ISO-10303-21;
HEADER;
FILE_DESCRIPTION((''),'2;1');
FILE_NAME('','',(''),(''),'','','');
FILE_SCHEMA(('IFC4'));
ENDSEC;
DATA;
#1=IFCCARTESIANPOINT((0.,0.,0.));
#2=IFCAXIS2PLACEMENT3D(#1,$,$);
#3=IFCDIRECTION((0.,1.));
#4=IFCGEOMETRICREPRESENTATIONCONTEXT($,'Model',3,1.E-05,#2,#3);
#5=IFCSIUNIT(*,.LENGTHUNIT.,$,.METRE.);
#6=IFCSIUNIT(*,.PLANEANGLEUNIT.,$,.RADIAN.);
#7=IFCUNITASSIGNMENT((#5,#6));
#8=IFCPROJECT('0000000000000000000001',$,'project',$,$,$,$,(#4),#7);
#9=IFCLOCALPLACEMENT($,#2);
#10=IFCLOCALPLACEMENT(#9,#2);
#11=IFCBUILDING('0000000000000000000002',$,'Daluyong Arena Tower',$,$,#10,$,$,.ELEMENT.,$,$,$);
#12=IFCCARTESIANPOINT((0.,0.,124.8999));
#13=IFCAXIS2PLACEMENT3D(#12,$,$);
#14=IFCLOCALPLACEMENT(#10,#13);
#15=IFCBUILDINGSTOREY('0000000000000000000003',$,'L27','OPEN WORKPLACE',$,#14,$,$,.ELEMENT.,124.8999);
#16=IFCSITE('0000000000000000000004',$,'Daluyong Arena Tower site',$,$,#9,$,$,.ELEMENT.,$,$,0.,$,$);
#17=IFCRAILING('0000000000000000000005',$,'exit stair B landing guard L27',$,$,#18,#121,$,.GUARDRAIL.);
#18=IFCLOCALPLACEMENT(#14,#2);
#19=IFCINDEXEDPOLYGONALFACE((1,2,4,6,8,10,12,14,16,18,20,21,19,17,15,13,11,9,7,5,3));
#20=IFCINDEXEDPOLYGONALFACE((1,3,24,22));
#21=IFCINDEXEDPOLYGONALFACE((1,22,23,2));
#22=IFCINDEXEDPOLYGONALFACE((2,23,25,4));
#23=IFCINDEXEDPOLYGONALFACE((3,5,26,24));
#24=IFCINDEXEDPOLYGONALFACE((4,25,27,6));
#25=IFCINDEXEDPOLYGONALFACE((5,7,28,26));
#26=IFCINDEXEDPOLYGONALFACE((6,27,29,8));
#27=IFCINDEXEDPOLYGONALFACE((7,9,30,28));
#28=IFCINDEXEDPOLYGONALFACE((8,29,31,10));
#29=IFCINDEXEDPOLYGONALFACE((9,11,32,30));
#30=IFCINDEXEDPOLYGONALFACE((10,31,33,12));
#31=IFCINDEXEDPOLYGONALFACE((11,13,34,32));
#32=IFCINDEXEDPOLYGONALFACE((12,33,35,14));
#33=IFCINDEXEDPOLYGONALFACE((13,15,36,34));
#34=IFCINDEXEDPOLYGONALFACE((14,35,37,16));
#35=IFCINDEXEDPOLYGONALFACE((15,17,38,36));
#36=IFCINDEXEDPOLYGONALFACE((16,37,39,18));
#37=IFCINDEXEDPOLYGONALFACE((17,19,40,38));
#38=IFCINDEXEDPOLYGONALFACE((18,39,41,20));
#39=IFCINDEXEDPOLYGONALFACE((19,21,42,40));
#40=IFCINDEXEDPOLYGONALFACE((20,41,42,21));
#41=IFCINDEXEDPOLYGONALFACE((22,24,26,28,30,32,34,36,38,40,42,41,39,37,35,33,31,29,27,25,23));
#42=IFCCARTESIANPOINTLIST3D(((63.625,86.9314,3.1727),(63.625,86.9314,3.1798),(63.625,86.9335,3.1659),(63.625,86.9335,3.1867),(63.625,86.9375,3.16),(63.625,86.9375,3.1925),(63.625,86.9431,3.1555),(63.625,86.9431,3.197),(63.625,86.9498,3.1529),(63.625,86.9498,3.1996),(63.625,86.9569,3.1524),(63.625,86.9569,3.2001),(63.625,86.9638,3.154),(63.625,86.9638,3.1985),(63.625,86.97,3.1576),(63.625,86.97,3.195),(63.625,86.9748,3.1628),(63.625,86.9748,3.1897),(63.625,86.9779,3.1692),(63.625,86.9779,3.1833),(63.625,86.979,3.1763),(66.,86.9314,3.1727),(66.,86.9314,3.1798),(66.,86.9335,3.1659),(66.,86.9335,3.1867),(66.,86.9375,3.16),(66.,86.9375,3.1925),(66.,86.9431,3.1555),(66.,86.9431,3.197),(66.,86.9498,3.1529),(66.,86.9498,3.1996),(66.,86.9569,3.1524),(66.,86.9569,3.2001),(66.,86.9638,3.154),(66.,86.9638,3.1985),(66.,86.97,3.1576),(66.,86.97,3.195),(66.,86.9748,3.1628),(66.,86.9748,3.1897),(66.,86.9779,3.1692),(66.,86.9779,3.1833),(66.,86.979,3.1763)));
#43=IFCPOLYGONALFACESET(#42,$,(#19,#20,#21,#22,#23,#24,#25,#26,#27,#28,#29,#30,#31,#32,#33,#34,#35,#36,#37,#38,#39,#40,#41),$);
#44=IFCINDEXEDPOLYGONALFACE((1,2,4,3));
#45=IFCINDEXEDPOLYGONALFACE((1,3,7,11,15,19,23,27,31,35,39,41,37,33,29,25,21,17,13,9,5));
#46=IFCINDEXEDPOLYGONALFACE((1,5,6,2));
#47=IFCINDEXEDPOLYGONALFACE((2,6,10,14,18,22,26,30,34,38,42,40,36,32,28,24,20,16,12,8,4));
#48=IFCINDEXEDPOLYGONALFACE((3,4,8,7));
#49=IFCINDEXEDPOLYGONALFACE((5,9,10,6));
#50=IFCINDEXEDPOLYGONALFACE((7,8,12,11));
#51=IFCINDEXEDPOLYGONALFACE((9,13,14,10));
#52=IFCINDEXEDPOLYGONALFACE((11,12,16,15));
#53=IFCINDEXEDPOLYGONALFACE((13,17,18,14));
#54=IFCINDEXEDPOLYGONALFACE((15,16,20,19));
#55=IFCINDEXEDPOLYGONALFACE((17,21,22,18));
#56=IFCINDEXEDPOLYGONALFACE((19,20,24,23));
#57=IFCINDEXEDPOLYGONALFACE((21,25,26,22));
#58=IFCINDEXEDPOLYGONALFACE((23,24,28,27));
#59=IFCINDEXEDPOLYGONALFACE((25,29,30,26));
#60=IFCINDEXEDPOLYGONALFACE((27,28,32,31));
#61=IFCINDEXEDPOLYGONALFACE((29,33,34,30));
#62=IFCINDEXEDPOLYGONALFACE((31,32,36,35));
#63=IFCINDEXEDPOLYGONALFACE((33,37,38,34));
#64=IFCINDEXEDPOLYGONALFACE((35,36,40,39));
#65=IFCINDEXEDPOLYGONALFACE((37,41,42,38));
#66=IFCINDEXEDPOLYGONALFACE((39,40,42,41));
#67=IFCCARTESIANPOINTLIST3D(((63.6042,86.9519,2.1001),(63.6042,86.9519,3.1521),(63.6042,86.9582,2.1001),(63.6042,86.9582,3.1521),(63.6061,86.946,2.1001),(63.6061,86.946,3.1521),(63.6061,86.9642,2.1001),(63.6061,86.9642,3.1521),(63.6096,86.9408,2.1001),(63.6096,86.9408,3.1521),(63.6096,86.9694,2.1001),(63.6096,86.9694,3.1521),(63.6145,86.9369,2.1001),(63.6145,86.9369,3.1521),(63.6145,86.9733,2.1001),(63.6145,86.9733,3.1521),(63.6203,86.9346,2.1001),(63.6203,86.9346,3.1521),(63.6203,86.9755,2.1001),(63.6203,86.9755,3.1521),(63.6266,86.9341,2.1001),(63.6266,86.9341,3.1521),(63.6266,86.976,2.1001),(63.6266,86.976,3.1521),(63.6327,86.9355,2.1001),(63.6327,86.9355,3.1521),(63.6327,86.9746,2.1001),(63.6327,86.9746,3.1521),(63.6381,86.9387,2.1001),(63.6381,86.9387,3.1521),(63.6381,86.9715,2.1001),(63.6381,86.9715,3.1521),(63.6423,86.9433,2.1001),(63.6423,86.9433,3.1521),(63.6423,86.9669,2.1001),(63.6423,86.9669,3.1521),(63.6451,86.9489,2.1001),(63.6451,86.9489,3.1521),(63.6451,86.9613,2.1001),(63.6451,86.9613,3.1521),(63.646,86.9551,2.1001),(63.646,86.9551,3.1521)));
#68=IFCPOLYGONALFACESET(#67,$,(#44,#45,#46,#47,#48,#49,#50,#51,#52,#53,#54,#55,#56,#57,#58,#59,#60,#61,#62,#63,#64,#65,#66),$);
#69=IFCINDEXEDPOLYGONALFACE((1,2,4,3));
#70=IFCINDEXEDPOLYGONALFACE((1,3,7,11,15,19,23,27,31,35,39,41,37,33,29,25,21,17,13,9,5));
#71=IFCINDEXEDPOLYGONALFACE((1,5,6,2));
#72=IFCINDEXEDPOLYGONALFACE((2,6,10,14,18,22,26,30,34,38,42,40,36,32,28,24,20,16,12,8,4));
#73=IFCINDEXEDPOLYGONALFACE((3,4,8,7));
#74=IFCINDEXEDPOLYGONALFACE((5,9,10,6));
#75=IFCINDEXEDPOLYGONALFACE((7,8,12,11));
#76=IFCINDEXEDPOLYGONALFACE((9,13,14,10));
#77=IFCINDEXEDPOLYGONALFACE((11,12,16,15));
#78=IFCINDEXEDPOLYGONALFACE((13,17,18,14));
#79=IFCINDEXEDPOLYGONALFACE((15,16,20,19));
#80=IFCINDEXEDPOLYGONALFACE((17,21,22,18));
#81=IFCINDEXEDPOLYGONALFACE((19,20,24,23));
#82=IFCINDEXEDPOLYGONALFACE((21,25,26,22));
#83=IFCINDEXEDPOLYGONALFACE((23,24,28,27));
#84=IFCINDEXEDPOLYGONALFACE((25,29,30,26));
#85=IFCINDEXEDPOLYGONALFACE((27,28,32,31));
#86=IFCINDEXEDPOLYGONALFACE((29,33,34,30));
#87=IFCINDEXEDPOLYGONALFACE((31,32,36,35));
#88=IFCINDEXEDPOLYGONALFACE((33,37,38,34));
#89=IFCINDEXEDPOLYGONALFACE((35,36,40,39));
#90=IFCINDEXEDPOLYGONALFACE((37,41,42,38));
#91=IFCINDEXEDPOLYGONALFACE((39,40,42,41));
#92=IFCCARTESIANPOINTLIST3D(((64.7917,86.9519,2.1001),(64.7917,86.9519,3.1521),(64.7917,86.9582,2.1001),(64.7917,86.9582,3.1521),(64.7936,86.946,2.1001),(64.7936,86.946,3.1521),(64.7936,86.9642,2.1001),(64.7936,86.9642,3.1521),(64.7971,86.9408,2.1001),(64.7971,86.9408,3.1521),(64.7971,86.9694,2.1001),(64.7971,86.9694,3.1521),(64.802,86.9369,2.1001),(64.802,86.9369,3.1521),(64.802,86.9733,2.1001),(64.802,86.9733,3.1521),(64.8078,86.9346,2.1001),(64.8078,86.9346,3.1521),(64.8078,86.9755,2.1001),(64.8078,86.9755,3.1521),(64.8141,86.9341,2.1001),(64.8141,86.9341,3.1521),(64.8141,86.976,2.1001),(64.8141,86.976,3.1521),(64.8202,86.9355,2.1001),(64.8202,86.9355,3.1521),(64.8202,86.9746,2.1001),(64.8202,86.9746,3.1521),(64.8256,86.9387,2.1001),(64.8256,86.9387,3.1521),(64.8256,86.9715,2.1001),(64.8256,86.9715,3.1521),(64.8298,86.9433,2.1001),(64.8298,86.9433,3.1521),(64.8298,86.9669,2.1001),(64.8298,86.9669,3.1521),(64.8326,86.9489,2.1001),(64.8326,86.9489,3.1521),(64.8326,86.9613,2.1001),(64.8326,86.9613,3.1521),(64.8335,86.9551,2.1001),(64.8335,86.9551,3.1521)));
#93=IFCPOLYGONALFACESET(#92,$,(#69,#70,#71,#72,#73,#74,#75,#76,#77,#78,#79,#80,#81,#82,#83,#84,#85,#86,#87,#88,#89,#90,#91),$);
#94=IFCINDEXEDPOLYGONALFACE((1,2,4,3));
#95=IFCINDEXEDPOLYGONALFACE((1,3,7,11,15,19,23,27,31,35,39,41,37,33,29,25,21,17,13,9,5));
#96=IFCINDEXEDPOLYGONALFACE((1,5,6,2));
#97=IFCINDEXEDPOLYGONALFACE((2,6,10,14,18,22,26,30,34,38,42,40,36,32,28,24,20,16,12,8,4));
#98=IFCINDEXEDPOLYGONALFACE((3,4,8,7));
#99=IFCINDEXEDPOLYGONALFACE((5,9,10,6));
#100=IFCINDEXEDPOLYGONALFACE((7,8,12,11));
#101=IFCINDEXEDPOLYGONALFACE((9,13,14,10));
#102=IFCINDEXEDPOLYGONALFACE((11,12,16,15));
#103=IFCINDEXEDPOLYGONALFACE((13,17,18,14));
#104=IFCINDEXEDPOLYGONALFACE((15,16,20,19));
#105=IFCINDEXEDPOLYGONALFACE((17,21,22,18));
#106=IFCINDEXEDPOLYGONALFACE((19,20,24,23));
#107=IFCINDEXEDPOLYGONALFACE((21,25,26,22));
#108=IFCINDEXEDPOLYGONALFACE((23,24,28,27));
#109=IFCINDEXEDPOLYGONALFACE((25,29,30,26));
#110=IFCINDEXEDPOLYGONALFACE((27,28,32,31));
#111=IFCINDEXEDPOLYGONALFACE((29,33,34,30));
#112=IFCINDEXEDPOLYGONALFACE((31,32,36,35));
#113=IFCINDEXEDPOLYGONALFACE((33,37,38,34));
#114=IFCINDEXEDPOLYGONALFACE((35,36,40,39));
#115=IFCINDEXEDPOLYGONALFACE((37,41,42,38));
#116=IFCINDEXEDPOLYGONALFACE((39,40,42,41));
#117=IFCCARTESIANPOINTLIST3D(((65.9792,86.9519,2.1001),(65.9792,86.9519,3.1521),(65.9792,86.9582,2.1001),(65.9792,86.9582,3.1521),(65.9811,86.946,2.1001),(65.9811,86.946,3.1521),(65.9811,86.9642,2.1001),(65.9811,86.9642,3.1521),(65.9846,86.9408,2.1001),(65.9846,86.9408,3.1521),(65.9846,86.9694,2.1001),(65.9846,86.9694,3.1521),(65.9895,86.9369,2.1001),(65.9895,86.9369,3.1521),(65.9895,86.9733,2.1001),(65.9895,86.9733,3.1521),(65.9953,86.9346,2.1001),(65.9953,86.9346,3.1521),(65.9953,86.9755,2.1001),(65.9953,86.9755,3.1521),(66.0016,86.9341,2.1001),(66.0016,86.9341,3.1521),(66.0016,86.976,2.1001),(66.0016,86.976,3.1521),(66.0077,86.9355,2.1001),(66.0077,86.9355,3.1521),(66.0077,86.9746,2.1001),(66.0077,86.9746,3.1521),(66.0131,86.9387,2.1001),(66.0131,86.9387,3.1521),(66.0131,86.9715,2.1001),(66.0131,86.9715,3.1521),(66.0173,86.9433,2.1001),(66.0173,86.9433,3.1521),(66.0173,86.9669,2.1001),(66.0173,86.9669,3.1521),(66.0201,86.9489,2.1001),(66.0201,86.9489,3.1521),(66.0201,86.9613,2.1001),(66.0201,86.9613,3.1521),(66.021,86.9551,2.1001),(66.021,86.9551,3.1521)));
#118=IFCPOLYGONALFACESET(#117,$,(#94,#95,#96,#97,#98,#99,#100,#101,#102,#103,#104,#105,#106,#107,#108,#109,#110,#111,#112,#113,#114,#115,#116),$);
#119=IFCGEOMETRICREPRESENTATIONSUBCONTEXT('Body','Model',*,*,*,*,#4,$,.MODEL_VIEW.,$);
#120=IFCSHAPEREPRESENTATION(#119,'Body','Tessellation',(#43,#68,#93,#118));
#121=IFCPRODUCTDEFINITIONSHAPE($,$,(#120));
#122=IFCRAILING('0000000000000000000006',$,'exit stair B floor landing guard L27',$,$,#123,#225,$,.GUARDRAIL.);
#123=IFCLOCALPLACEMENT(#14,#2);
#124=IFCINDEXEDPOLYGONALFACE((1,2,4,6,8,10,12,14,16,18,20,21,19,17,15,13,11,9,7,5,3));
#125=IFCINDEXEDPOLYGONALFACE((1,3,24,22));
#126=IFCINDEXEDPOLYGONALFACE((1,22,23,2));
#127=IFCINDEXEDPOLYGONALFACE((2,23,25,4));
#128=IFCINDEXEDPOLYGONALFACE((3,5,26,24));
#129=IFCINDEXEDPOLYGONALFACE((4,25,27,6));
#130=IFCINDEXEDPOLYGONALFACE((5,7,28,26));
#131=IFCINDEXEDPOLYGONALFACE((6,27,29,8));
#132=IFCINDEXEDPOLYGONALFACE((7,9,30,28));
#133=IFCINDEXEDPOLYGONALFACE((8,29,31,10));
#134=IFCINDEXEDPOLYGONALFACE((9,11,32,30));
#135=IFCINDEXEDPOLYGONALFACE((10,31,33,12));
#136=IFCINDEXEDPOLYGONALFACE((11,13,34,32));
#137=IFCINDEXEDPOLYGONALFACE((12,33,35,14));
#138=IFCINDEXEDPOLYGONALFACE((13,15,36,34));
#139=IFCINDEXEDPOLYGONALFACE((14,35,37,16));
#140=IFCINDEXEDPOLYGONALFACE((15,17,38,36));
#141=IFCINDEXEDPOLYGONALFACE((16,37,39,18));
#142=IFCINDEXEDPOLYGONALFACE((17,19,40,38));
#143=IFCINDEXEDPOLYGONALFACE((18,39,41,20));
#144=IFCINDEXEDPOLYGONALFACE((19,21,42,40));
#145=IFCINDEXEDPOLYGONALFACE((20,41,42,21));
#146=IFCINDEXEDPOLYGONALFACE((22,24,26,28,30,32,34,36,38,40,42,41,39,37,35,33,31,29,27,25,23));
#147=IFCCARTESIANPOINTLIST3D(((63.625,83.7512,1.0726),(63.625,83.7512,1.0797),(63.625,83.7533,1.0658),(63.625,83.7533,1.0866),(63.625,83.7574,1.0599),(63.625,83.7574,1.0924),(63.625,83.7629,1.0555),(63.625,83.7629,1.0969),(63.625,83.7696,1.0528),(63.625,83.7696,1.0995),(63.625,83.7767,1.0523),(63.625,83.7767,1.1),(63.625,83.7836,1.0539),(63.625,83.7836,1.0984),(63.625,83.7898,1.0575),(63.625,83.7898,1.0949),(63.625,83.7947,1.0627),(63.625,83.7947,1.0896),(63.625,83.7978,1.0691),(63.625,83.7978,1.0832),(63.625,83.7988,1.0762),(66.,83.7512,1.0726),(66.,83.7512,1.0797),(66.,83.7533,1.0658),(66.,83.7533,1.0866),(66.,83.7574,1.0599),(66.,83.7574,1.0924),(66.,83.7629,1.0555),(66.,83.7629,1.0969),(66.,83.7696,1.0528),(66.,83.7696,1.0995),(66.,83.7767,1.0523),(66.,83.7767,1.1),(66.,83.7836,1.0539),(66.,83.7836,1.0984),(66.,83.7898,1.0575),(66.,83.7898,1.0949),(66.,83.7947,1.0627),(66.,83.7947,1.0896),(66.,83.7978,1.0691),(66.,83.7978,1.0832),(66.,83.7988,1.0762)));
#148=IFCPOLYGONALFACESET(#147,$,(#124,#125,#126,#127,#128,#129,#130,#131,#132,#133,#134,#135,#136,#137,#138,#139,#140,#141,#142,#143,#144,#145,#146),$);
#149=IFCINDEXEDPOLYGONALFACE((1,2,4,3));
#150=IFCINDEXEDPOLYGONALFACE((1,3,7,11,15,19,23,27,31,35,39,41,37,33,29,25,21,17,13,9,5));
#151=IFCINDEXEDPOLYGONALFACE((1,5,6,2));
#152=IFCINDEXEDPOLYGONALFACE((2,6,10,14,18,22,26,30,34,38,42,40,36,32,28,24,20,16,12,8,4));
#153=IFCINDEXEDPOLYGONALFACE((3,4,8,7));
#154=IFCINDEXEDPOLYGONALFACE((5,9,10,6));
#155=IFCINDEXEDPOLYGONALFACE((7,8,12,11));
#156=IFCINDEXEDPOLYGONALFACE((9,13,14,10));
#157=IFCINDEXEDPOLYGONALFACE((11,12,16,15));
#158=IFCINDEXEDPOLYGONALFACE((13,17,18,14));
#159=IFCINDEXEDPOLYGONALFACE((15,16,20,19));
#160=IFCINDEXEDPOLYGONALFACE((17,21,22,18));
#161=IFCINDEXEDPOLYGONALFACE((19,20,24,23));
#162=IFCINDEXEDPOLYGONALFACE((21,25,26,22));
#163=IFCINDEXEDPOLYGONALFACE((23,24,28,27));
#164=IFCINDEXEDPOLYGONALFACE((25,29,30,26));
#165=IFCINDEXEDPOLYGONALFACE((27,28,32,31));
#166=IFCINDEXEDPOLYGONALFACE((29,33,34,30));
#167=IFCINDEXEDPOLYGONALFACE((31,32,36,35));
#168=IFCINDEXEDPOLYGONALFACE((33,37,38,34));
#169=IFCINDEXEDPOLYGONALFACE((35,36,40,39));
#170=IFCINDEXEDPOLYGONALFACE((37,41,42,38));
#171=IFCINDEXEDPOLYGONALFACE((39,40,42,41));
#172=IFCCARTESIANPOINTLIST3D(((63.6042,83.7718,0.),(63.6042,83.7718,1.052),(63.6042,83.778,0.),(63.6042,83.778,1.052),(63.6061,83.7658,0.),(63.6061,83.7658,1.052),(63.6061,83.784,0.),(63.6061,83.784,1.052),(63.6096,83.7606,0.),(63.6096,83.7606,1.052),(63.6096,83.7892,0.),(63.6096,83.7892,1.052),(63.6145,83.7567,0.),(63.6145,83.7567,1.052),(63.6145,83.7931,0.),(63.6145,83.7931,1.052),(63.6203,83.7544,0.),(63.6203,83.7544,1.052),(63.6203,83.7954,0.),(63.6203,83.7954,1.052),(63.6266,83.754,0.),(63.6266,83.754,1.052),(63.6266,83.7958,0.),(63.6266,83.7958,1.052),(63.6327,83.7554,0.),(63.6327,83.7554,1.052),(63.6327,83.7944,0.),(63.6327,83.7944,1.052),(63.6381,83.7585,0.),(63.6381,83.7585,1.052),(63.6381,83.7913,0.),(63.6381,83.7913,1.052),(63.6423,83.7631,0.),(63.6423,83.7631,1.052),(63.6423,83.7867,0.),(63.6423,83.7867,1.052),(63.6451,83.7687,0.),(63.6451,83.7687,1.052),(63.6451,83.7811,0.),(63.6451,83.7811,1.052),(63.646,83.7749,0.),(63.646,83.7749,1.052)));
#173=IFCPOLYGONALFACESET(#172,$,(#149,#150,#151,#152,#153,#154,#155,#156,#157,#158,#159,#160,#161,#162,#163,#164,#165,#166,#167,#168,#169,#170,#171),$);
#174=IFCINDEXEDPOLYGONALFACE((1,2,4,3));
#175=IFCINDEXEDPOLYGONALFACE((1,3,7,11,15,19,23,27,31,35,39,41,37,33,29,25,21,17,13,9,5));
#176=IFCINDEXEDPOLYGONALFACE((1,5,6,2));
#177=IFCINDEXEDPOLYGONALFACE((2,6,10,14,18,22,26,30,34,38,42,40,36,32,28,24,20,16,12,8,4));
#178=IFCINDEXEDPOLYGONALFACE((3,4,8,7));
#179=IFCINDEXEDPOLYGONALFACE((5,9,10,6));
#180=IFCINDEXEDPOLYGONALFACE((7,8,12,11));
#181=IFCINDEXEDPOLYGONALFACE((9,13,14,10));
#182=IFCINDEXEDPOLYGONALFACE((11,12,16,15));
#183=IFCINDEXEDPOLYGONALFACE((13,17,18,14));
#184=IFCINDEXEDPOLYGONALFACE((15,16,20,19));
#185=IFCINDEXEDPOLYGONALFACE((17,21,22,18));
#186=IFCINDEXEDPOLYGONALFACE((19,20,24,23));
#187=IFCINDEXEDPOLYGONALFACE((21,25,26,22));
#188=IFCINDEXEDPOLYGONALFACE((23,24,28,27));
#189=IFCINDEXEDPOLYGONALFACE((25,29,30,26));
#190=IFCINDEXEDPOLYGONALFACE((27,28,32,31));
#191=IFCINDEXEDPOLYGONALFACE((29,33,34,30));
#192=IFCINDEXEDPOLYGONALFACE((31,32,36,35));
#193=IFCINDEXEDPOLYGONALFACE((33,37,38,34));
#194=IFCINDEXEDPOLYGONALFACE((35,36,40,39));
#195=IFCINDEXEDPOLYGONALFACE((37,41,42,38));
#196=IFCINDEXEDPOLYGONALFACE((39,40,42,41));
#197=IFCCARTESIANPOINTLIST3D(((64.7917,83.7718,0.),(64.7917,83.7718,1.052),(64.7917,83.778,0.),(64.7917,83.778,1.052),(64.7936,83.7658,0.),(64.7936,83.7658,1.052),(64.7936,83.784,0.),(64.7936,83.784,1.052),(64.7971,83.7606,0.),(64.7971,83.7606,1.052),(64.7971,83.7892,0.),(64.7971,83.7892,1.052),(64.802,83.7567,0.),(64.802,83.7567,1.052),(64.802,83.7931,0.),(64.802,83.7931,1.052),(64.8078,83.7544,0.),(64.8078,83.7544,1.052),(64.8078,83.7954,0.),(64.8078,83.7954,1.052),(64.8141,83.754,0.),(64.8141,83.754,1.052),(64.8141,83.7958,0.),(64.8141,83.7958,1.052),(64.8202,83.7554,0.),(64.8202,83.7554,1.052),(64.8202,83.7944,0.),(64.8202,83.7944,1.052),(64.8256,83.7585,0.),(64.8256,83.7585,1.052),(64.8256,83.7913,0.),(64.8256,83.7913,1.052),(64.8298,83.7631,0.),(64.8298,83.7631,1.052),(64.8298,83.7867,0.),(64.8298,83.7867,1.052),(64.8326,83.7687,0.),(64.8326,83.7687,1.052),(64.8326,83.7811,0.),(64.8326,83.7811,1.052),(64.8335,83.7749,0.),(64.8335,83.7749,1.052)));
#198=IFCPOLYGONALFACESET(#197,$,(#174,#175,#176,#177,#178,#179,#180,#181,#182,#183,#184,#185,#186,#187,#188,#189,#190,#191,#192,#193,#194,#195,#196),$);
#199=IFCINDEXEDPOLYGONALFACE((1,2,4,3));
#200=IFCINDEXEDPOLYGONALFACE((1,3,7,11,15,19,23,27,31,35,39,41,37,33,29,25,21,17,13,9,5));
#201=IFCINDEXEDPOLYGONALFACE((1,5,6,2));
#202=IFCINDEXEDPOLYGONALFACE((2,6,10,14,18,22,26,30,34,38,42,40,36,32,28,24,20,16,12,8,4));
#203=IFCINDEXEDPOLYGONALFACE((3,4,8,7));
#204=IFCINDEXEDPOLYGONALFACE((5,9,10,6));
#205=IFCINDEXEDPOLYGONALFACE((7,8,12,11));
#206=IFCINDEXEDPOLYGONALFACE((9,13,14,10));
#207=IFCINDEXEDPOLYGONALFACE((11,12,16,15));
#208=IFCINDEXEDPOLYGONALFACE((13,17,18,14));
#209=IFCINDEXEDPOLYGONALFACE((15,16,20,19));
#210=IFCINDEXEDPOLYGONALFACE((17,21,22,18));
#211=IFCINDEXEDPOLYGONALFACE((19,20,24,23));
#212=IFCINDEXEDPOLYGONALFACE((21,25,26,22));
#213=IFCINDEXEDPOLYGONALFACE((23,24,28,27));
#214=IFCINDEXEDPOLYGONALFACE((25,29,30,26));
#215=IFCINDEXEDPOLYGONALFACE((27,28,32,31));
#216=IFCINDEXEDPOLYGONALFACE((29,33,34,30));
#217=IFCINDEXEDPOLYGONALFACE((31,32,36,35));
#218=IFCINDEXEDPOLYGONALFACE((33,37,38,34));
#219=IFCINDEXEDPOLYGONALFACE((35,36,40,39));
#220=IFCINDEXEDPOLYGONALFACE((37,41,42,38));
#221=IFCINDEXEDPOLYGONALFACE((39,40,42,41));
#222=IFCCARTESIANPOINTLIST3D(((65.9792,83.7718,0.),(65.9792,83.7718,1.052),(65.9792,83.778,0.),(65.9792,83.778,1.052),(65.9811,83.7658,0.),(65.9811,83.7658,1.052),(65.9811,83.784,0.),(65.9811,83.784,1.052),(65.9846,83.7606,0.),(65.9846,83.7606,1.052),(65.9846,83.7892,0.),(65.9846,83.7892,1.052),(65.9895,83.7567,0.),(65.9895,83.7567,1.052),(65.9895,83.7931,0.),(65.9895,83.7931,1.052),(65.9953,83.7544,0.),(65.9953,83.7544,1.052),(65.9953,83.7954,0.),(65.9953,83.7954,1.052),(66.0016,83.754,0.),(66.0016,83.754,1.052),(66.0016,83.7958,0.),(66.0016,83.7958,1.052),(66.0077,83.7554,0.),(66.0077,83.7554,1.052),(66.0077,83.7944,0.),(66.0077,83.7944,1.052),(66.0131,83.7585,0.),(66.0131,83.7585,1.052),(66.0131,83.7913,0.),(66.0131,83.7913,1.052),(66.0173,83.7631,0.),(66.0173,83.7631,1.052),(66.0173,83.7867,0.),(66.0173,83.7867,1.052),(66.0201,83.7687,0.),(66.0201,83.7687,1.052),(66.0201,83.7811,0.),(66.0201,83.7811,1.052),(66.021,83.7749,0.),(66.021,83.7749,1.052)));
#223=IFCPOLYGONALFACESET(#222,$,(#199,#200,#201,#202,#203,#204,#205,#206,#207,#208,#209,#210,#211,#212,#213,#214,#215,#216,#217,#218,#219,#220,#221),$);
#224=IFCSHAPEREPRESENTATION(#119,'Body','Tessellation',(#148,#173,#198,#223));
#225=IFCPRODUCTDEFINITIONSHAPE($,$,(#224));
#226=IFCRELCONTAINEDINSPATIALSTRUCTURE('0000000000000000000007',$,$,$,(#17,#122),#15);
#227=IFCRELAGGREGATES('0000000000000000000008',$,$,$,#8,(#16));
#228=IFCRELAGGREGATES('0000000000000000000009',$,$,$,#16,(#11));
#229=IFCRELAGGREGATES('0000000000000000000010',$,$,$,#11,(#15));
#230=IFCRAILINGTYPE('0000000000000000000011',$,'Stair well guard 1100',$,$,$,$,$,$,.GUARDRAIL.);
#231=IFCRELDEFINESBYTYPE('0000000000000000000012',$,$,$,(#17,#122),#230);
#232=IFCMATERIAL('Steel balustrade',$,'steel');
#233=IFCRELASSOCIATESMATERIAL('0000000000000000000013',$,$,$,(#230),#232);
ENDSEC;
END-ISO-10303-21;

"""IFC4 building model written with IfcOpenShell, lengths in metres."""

from ifc_helpers import new_model, si_unit, direction, frame, origin, origin_2d, place, context, subcontext, project, spatial, circle, extrude, material, type_object, element, save


model = new_model("IFC4")

# Units and contexts
model_context = context("Model", 3, precision=1e-05, world=origin(), true_north=direction((0.0, 1.0)))
body_context = subcontext(model_context, "Body", "Model", "MODEL_VIEW")
ifc_project = project(units=[si_unit("LENGTHUNIT", "METRE"), si_unit("PLANEANGLEUNIT", "RADIAN")], contexts=[model_context])

# Site, building, storey
site_placement = place(None, origin())
site = spatial("IfcSite", under=ifc_project, at=site_placement, Name="Daluyong Arena Tower site", CompositionType="ELEMENT", RefElevation=0.0)
building_placement = place(site_placement, origin())
building = spatial("IfcBuilding", under=site, at=building_placement, Name="Daluyong Arena Tower", CompositionType="ELEMENT")
storey_placement = place(building_placement, frame((0.0, 0.0, 124.8999)))
storey = spatial("IfcBuildingStorey", under=building, at=storey_placement, Name="L27", Description="OPEN WORKPLACE", CompositionType="ELEMENT", Elevation=124.8999)

# Railings
ifc_material_1 = material(Name="Steel balustrade", Category="steel")
railing_type_1 = type_object("IfcRailingType", Name="Stair well guard 1100", PredefinedType="GUARDRAIL", material=ifc_material_1)
for number, where, name in (
    (1, (63.625, 86.9551, 2.1001), "exit stair B landing guard L27"),
    (2, (63.625, 83.7749, 0.0), "exit stair B floor landing guard L27"),
):
    element("IfcRailing", number, at=place(storey_placement, frame(where)), inside=storey, type_object=railing_type_1, Name=name, PredefinedType="GUARDRAIL", context=body_context, shape_type="SweptSolid", body=[
        extrude(circle(Radius=0.0239, at=origin_2d()), frame((0.0, 0.0, 1.0762), z_axis=(1.0, 0.0, 0.0), x_axis=(0.0, 1.0, 0.0)), (0.0, 0.0, 1.0), 2.375),
        extrude(circle(Radius=0.021, at=origin_2d()), origin(), (0.0, 0.0, 1.0), 1.052),
        extrude(circle(Radius=0.021, at=origin_2d()), frame((1.1875, 0.0, 0.0)), (0.0, 0.0, 1.0), 1.052),
        extrude(circle(Radius=0.021, at=origin_2d()), frame((2.375, 0.0, 0.0)), (0.0, 0.0, 1.0), 1.052),
    ])

save(model, "model.ifc")
